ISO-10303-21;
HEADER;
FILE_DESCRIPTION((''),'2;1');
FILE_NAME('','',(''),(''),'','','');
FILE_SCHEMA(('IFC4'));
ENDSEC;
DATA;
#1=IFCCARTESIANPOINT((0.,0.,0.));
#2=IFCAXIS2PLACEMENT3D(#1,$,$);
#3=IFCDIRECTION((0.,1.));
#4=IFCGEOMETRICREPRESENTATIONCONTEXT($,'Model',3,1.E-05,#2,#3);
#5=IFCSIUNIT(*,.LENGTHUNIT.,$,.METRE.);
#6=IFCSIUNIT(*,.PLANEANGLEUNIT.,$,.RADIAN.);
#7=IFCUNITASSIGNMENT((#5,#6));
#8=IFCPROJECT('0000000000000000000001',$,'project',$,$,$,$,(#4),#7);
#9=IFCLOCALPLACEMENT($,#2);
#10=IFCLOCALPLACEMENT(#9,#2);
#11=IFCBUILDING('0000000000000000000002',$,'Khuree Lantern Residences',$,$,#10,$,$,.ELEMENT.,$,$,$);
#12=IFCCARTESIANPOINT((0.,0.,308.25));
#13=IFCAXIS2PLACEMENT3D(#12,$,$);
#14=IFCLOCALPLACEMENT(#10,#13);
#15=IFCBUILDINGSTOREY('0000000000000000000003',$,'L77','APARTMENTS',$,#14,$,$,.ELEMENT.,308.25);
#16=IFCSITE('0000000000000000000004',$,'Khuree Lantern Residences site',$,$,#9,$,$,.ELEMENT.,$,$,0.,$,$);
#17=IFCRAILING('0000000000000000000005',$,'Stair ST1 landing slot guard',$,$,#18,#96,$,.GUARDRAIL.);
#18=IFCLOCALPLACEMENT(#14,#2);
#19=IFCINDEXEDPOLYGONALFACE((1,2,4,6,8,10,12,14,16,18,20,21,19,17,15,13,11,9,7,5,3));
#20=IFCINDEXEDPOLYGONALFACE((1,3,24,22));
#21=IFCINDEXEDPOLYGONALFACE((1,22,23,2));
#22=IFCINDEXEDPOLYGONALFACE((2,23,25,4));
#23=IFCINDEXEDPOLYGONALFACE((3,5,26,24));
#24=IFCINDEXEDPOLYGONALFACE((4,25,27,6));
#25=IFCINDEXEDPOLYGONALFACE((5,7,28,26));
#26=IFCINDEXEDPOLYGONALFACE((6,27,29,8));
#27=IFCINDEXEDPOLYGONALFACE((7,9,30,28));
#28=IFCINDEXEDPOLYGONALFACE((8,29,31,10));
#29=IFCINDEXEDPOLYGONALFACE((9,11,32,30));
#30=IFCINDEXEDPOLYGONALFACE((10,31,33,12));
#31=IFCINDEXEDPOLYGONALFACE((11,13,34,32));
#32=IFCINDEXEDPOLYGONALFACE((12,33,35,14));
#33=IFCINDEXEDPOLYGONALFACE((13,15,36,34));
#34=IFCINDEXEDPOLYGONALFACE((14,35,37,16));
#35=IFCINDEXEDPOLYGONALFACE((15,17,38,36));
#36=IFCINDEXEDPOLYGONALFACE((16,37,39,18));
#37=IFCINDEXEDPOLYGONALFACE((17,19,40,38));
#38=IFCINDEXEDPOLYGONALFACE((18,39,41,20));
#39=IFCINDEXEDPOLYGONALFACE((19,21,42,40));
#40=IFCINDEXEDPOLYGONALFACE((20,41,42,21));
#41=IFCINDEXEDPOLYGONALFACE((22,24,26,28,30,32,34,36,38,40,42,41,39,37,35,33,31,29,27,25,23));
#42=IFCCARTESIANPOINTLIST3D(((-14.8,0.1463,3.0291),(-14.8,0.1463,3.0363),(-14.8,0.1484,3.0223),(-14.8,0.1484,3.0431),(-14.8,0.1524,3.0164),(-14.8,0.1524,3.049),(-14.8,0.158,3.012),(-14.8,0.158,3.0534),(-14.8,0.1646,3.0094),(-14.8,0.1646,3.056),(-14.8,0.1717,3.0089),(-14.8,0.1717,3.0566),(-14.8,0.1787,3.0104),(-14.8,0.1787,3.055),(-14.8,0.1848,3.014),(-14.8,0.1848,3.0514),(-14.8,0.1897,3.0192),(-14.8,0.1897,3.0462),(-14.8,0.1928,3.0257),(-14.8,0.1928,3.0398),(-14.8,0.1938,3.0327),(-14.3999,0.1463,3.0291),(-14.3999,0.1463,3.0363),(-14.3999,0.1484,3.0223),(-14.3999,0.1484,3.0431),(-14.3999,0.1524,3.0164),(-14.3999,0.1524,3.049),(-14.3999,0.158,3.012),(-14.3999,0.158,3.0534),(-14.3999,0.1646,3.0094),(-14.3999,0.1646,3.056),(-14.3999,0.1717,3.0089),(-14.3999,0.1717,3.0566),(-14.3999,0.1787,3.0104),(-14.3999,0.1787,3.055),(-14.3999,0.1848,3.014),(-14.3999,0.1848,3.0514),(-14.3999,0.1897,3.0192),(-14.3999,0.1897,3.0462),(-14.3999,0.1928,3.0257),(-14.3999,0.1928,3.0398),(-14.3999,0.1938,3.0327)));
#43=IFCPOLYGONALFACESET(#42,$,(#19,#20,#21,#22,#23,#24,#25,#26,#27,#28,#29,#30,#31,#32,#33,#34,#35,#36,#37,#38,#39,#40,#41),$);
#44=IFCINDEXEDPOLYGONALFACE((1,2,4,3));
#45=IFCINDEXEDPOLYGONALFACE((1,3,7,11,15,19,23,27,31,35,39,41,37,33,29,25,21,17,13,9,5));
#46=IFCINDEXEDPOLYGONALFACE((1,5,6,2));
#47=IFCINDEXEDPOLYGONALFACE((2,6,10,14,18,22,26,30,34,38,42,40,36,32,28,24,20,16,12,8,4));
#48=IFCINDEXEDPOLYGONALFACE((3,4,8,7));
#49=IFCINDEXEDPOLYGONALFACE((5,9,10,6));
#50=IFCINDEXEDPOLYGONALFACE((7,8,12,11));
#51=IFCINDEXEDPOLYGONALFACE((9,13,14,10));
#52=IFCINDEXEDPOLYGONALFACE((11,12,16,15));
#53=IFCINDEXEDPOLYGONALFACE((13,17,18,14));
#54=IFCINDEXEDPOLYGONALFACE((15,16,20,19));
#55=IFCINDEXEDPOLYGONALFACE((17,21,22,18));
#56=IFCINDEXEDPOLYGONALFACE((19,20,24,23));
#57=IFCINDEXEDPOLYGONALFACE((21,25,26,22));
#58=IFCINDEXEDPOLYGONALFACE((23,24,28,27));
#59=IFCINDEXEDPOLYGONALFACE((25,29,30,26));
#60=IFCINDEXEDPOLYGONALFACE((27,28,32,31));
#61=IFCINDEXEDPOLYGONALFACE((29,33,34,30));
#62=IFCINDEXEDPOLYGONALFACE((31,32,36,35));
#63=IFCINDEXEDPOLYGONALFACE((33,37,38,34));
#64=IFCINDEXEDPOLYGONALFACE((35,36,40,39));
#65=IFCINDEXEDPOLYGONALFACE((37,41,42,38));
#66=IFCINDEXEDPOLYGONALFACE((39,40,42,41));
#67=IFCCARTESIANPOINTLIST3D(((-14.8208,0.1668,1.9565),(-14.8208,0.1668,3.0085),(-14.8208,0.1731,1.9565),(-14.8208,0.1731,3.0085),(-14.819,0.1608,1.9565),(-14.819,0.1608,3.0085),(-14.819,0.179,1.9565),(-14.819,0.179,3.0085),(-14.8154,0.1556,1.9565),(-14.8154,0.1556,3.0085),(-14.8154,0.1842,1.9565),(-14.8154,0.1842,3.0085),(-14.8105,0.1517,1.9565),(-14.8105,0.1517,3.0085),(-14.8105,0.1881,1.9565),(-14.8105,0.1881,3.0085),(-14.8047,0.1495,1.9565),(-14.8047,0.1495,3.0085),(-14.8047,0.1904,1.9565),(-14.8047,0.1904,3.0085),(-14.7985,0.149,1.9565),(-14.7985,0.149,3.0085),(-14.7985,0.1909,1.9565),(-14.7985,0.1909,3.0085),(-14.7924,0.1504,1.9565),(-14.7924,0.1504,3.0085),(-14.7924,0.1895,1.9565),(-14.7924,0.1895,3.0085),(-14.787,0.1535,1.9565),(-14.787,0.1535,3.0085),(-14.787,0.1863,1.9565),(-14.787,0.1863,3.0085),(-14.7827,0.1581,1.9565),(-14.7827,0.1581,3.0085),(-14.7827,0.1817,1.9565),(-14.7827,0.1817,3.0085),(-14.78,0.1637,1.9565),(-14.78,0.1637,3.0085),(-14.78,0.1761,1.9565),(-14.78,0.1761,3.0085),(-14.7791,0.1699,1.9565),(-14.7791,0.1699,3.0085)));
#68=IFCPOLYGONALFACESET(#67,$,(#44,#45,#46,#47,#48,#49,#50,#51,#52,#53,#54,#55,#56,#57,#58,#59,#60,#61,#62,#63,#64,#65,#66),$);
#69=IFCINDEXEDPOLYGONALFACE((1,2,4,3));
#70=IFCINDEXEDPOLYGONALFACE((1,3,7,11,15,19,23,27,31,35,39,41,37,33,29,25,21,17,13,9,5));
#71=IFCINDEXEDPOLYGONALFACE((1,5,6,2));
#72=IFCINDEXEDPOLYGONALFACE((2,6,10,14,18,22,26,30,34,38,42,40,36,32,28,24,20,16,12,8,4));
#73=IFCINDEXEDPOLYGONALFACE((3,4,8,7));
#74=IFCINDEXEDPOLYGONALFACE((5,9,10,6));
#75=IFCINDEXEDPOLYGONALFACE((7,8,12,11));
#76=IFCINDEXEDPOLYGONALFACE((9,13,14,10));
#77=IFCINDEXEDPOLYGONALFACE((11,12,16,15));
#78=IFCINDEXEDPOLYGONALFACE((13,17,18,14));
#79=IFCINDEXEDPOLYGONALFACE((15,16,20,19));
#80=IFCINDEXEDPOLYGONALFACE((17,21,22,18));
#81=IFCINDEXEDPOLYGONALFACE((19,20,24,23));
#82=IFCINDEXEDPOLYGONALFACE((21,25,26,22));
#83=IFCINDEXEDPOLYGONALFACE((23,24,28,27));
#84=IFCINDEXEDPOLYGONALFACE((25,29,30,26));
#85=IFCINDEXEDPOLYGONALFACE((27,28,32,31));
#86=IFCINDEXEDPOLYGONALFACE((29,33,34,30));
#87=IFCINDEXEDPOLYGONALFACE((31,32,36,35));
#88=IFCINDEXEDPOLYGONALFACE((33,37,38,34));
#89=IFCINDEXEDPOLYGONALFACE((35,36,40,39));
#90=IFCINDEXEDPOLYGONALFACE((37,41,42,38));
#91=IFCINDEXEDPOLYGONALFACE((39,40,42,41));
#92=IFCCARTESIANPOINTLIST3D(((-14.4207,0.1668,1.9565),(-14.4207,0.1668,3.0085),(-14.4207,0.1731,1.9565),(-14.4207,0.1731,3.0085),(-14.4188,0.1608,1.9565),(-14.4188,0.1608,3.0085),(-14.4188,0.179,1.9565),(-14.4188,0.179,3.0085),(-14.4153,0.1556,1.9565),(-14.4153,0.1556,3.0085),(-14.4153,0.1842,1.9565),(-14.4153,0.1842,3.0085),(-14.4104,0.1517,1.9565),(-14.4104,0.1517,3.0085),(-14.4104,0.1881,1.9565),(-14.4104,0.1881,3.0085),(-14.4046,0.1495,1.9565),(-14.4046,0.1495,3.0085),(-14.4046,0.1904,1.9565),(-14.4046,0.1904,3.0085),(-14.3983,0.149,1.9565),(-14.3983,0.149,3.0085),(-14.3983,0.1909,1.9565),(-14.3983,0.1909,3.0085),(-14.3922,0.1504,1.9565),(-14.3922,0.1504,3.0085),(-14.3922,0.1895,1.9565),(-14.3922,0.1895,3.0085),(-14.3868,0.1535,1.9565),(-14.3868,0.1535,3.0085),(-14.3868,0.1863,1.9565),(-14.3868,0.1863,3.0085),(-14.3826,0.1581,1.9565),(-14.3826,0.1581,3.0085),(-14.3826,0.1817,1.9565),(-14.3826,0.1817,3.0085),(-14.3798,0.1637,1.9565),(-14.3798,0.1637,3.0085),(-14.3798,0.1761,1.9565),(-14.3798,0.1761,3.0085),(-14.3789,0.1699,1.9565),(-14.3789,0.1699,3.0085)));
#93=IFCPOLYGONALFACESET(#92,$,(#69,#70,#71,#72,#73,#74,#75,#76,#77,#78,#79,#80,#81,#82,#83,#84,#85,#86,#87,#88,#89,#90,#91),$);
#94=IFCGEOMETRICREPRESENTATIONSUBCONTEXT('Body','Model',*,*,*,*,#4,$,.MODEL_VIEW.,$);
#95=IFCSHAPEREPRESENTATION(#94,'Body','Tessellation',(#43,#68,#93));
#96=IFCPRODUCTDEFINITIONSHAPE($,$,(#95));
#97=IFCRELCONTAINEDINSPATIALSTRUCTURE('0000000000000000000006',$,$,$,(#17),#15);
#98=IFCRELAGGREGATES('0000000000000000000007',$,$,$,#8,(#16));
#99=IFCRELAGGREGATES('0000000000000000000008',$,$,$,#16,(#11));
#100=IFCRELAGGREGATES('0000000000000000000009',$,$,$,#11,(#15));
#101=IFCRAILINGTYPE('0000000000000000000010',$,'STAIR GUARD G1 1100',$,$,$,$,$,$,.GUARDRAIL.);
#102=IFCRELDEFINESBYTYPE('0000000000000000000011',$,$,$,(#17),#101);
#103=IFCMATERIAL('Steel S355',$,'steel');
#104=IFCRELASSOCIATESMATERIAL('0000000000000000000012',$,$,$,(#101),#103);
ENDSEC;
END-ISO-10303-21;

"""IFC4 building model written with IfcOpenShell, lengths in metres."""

from ifc_helpers import new_model, si_unit, direction, frame, origin, origin_2d, place, context, subcontext, project, spatial, circle, extrude, material, type_object, element, save


model = new_model("IFC4")

# Units and contexts
model_context = context("Model", 3, precision=1e-05, world=origin(), true_north=direction((0.0, 1.0)))
body_context = subcontext(model_context, "Body", "Model", "MODEL_VIEW")
ifc_project = project(units=[si_unit("LENGTHUNIT", "METRE"), si_unit("PLANEANGLEUNIT", "RADIAN")], contexts=[model_context])

# Site, building, storey
site_placement = place(None, origin())
site = spatial("IfcSite", under=ifc_project, at=site_placement, Name="Khuree Lantern Residences site", CompositionType="ELEMENT", RefElevation=0.0)
building_placement = place(site_placement, origin())
building = spatial("IfcBuilding", under=site, at=building_placement, Name="Khuree Lantern Residences", CompositionType="ELEMENT")
storey_placement = place(building_placement, frame((0.0, 0.0, 308.25)))
storey = spatial("IfcBuildingStorey", under=building, at=storey_placement, Name="L77", Description="APARTMENTS", CompositionType="ELEMENT", Elevation=308.25)

# Railing
ifc_material_1 = material(Name="Steel S355", Category="steel")
railing_type = type_object("IfcRailingType", Name="STAIR GUARD G1 1100", PredefinedType="GUARDRAIL", material=ifc_material_1)
railing_placement = place(storey_placement, frame((-14.8, 0.1699, 1.9565)))
element("IfcRailing", 1, at=railing_placement, inside=storey, type_object=railing_type, Name="Stair ST1 landing slot guard", PredefinedType="GUARDRAIL", context=body_context, shape_type="SweptSolid", body=[
    extrude(circle(Radius=0.0239, at=origin_2d()), frame((0.0, 0.0, 1.0762), z_axis=(1.0, 0.0, 0.0), x_axis=(0.0, 1.0, 0.0)), (0.0, 0.0, 1.0), 0.4001),
    extrude(circle(Radius=0.021, at=origin_2d()), origin(), (0.0, 0.0, 1.0), 1.052),
    extrude(circle(Radius=0.021, at=origin_2d()), frame((0.4001, 0.0, 0.0)), (0.0, 0.0, 1.0), 1.052),
])

save(model, "model.ifc")
